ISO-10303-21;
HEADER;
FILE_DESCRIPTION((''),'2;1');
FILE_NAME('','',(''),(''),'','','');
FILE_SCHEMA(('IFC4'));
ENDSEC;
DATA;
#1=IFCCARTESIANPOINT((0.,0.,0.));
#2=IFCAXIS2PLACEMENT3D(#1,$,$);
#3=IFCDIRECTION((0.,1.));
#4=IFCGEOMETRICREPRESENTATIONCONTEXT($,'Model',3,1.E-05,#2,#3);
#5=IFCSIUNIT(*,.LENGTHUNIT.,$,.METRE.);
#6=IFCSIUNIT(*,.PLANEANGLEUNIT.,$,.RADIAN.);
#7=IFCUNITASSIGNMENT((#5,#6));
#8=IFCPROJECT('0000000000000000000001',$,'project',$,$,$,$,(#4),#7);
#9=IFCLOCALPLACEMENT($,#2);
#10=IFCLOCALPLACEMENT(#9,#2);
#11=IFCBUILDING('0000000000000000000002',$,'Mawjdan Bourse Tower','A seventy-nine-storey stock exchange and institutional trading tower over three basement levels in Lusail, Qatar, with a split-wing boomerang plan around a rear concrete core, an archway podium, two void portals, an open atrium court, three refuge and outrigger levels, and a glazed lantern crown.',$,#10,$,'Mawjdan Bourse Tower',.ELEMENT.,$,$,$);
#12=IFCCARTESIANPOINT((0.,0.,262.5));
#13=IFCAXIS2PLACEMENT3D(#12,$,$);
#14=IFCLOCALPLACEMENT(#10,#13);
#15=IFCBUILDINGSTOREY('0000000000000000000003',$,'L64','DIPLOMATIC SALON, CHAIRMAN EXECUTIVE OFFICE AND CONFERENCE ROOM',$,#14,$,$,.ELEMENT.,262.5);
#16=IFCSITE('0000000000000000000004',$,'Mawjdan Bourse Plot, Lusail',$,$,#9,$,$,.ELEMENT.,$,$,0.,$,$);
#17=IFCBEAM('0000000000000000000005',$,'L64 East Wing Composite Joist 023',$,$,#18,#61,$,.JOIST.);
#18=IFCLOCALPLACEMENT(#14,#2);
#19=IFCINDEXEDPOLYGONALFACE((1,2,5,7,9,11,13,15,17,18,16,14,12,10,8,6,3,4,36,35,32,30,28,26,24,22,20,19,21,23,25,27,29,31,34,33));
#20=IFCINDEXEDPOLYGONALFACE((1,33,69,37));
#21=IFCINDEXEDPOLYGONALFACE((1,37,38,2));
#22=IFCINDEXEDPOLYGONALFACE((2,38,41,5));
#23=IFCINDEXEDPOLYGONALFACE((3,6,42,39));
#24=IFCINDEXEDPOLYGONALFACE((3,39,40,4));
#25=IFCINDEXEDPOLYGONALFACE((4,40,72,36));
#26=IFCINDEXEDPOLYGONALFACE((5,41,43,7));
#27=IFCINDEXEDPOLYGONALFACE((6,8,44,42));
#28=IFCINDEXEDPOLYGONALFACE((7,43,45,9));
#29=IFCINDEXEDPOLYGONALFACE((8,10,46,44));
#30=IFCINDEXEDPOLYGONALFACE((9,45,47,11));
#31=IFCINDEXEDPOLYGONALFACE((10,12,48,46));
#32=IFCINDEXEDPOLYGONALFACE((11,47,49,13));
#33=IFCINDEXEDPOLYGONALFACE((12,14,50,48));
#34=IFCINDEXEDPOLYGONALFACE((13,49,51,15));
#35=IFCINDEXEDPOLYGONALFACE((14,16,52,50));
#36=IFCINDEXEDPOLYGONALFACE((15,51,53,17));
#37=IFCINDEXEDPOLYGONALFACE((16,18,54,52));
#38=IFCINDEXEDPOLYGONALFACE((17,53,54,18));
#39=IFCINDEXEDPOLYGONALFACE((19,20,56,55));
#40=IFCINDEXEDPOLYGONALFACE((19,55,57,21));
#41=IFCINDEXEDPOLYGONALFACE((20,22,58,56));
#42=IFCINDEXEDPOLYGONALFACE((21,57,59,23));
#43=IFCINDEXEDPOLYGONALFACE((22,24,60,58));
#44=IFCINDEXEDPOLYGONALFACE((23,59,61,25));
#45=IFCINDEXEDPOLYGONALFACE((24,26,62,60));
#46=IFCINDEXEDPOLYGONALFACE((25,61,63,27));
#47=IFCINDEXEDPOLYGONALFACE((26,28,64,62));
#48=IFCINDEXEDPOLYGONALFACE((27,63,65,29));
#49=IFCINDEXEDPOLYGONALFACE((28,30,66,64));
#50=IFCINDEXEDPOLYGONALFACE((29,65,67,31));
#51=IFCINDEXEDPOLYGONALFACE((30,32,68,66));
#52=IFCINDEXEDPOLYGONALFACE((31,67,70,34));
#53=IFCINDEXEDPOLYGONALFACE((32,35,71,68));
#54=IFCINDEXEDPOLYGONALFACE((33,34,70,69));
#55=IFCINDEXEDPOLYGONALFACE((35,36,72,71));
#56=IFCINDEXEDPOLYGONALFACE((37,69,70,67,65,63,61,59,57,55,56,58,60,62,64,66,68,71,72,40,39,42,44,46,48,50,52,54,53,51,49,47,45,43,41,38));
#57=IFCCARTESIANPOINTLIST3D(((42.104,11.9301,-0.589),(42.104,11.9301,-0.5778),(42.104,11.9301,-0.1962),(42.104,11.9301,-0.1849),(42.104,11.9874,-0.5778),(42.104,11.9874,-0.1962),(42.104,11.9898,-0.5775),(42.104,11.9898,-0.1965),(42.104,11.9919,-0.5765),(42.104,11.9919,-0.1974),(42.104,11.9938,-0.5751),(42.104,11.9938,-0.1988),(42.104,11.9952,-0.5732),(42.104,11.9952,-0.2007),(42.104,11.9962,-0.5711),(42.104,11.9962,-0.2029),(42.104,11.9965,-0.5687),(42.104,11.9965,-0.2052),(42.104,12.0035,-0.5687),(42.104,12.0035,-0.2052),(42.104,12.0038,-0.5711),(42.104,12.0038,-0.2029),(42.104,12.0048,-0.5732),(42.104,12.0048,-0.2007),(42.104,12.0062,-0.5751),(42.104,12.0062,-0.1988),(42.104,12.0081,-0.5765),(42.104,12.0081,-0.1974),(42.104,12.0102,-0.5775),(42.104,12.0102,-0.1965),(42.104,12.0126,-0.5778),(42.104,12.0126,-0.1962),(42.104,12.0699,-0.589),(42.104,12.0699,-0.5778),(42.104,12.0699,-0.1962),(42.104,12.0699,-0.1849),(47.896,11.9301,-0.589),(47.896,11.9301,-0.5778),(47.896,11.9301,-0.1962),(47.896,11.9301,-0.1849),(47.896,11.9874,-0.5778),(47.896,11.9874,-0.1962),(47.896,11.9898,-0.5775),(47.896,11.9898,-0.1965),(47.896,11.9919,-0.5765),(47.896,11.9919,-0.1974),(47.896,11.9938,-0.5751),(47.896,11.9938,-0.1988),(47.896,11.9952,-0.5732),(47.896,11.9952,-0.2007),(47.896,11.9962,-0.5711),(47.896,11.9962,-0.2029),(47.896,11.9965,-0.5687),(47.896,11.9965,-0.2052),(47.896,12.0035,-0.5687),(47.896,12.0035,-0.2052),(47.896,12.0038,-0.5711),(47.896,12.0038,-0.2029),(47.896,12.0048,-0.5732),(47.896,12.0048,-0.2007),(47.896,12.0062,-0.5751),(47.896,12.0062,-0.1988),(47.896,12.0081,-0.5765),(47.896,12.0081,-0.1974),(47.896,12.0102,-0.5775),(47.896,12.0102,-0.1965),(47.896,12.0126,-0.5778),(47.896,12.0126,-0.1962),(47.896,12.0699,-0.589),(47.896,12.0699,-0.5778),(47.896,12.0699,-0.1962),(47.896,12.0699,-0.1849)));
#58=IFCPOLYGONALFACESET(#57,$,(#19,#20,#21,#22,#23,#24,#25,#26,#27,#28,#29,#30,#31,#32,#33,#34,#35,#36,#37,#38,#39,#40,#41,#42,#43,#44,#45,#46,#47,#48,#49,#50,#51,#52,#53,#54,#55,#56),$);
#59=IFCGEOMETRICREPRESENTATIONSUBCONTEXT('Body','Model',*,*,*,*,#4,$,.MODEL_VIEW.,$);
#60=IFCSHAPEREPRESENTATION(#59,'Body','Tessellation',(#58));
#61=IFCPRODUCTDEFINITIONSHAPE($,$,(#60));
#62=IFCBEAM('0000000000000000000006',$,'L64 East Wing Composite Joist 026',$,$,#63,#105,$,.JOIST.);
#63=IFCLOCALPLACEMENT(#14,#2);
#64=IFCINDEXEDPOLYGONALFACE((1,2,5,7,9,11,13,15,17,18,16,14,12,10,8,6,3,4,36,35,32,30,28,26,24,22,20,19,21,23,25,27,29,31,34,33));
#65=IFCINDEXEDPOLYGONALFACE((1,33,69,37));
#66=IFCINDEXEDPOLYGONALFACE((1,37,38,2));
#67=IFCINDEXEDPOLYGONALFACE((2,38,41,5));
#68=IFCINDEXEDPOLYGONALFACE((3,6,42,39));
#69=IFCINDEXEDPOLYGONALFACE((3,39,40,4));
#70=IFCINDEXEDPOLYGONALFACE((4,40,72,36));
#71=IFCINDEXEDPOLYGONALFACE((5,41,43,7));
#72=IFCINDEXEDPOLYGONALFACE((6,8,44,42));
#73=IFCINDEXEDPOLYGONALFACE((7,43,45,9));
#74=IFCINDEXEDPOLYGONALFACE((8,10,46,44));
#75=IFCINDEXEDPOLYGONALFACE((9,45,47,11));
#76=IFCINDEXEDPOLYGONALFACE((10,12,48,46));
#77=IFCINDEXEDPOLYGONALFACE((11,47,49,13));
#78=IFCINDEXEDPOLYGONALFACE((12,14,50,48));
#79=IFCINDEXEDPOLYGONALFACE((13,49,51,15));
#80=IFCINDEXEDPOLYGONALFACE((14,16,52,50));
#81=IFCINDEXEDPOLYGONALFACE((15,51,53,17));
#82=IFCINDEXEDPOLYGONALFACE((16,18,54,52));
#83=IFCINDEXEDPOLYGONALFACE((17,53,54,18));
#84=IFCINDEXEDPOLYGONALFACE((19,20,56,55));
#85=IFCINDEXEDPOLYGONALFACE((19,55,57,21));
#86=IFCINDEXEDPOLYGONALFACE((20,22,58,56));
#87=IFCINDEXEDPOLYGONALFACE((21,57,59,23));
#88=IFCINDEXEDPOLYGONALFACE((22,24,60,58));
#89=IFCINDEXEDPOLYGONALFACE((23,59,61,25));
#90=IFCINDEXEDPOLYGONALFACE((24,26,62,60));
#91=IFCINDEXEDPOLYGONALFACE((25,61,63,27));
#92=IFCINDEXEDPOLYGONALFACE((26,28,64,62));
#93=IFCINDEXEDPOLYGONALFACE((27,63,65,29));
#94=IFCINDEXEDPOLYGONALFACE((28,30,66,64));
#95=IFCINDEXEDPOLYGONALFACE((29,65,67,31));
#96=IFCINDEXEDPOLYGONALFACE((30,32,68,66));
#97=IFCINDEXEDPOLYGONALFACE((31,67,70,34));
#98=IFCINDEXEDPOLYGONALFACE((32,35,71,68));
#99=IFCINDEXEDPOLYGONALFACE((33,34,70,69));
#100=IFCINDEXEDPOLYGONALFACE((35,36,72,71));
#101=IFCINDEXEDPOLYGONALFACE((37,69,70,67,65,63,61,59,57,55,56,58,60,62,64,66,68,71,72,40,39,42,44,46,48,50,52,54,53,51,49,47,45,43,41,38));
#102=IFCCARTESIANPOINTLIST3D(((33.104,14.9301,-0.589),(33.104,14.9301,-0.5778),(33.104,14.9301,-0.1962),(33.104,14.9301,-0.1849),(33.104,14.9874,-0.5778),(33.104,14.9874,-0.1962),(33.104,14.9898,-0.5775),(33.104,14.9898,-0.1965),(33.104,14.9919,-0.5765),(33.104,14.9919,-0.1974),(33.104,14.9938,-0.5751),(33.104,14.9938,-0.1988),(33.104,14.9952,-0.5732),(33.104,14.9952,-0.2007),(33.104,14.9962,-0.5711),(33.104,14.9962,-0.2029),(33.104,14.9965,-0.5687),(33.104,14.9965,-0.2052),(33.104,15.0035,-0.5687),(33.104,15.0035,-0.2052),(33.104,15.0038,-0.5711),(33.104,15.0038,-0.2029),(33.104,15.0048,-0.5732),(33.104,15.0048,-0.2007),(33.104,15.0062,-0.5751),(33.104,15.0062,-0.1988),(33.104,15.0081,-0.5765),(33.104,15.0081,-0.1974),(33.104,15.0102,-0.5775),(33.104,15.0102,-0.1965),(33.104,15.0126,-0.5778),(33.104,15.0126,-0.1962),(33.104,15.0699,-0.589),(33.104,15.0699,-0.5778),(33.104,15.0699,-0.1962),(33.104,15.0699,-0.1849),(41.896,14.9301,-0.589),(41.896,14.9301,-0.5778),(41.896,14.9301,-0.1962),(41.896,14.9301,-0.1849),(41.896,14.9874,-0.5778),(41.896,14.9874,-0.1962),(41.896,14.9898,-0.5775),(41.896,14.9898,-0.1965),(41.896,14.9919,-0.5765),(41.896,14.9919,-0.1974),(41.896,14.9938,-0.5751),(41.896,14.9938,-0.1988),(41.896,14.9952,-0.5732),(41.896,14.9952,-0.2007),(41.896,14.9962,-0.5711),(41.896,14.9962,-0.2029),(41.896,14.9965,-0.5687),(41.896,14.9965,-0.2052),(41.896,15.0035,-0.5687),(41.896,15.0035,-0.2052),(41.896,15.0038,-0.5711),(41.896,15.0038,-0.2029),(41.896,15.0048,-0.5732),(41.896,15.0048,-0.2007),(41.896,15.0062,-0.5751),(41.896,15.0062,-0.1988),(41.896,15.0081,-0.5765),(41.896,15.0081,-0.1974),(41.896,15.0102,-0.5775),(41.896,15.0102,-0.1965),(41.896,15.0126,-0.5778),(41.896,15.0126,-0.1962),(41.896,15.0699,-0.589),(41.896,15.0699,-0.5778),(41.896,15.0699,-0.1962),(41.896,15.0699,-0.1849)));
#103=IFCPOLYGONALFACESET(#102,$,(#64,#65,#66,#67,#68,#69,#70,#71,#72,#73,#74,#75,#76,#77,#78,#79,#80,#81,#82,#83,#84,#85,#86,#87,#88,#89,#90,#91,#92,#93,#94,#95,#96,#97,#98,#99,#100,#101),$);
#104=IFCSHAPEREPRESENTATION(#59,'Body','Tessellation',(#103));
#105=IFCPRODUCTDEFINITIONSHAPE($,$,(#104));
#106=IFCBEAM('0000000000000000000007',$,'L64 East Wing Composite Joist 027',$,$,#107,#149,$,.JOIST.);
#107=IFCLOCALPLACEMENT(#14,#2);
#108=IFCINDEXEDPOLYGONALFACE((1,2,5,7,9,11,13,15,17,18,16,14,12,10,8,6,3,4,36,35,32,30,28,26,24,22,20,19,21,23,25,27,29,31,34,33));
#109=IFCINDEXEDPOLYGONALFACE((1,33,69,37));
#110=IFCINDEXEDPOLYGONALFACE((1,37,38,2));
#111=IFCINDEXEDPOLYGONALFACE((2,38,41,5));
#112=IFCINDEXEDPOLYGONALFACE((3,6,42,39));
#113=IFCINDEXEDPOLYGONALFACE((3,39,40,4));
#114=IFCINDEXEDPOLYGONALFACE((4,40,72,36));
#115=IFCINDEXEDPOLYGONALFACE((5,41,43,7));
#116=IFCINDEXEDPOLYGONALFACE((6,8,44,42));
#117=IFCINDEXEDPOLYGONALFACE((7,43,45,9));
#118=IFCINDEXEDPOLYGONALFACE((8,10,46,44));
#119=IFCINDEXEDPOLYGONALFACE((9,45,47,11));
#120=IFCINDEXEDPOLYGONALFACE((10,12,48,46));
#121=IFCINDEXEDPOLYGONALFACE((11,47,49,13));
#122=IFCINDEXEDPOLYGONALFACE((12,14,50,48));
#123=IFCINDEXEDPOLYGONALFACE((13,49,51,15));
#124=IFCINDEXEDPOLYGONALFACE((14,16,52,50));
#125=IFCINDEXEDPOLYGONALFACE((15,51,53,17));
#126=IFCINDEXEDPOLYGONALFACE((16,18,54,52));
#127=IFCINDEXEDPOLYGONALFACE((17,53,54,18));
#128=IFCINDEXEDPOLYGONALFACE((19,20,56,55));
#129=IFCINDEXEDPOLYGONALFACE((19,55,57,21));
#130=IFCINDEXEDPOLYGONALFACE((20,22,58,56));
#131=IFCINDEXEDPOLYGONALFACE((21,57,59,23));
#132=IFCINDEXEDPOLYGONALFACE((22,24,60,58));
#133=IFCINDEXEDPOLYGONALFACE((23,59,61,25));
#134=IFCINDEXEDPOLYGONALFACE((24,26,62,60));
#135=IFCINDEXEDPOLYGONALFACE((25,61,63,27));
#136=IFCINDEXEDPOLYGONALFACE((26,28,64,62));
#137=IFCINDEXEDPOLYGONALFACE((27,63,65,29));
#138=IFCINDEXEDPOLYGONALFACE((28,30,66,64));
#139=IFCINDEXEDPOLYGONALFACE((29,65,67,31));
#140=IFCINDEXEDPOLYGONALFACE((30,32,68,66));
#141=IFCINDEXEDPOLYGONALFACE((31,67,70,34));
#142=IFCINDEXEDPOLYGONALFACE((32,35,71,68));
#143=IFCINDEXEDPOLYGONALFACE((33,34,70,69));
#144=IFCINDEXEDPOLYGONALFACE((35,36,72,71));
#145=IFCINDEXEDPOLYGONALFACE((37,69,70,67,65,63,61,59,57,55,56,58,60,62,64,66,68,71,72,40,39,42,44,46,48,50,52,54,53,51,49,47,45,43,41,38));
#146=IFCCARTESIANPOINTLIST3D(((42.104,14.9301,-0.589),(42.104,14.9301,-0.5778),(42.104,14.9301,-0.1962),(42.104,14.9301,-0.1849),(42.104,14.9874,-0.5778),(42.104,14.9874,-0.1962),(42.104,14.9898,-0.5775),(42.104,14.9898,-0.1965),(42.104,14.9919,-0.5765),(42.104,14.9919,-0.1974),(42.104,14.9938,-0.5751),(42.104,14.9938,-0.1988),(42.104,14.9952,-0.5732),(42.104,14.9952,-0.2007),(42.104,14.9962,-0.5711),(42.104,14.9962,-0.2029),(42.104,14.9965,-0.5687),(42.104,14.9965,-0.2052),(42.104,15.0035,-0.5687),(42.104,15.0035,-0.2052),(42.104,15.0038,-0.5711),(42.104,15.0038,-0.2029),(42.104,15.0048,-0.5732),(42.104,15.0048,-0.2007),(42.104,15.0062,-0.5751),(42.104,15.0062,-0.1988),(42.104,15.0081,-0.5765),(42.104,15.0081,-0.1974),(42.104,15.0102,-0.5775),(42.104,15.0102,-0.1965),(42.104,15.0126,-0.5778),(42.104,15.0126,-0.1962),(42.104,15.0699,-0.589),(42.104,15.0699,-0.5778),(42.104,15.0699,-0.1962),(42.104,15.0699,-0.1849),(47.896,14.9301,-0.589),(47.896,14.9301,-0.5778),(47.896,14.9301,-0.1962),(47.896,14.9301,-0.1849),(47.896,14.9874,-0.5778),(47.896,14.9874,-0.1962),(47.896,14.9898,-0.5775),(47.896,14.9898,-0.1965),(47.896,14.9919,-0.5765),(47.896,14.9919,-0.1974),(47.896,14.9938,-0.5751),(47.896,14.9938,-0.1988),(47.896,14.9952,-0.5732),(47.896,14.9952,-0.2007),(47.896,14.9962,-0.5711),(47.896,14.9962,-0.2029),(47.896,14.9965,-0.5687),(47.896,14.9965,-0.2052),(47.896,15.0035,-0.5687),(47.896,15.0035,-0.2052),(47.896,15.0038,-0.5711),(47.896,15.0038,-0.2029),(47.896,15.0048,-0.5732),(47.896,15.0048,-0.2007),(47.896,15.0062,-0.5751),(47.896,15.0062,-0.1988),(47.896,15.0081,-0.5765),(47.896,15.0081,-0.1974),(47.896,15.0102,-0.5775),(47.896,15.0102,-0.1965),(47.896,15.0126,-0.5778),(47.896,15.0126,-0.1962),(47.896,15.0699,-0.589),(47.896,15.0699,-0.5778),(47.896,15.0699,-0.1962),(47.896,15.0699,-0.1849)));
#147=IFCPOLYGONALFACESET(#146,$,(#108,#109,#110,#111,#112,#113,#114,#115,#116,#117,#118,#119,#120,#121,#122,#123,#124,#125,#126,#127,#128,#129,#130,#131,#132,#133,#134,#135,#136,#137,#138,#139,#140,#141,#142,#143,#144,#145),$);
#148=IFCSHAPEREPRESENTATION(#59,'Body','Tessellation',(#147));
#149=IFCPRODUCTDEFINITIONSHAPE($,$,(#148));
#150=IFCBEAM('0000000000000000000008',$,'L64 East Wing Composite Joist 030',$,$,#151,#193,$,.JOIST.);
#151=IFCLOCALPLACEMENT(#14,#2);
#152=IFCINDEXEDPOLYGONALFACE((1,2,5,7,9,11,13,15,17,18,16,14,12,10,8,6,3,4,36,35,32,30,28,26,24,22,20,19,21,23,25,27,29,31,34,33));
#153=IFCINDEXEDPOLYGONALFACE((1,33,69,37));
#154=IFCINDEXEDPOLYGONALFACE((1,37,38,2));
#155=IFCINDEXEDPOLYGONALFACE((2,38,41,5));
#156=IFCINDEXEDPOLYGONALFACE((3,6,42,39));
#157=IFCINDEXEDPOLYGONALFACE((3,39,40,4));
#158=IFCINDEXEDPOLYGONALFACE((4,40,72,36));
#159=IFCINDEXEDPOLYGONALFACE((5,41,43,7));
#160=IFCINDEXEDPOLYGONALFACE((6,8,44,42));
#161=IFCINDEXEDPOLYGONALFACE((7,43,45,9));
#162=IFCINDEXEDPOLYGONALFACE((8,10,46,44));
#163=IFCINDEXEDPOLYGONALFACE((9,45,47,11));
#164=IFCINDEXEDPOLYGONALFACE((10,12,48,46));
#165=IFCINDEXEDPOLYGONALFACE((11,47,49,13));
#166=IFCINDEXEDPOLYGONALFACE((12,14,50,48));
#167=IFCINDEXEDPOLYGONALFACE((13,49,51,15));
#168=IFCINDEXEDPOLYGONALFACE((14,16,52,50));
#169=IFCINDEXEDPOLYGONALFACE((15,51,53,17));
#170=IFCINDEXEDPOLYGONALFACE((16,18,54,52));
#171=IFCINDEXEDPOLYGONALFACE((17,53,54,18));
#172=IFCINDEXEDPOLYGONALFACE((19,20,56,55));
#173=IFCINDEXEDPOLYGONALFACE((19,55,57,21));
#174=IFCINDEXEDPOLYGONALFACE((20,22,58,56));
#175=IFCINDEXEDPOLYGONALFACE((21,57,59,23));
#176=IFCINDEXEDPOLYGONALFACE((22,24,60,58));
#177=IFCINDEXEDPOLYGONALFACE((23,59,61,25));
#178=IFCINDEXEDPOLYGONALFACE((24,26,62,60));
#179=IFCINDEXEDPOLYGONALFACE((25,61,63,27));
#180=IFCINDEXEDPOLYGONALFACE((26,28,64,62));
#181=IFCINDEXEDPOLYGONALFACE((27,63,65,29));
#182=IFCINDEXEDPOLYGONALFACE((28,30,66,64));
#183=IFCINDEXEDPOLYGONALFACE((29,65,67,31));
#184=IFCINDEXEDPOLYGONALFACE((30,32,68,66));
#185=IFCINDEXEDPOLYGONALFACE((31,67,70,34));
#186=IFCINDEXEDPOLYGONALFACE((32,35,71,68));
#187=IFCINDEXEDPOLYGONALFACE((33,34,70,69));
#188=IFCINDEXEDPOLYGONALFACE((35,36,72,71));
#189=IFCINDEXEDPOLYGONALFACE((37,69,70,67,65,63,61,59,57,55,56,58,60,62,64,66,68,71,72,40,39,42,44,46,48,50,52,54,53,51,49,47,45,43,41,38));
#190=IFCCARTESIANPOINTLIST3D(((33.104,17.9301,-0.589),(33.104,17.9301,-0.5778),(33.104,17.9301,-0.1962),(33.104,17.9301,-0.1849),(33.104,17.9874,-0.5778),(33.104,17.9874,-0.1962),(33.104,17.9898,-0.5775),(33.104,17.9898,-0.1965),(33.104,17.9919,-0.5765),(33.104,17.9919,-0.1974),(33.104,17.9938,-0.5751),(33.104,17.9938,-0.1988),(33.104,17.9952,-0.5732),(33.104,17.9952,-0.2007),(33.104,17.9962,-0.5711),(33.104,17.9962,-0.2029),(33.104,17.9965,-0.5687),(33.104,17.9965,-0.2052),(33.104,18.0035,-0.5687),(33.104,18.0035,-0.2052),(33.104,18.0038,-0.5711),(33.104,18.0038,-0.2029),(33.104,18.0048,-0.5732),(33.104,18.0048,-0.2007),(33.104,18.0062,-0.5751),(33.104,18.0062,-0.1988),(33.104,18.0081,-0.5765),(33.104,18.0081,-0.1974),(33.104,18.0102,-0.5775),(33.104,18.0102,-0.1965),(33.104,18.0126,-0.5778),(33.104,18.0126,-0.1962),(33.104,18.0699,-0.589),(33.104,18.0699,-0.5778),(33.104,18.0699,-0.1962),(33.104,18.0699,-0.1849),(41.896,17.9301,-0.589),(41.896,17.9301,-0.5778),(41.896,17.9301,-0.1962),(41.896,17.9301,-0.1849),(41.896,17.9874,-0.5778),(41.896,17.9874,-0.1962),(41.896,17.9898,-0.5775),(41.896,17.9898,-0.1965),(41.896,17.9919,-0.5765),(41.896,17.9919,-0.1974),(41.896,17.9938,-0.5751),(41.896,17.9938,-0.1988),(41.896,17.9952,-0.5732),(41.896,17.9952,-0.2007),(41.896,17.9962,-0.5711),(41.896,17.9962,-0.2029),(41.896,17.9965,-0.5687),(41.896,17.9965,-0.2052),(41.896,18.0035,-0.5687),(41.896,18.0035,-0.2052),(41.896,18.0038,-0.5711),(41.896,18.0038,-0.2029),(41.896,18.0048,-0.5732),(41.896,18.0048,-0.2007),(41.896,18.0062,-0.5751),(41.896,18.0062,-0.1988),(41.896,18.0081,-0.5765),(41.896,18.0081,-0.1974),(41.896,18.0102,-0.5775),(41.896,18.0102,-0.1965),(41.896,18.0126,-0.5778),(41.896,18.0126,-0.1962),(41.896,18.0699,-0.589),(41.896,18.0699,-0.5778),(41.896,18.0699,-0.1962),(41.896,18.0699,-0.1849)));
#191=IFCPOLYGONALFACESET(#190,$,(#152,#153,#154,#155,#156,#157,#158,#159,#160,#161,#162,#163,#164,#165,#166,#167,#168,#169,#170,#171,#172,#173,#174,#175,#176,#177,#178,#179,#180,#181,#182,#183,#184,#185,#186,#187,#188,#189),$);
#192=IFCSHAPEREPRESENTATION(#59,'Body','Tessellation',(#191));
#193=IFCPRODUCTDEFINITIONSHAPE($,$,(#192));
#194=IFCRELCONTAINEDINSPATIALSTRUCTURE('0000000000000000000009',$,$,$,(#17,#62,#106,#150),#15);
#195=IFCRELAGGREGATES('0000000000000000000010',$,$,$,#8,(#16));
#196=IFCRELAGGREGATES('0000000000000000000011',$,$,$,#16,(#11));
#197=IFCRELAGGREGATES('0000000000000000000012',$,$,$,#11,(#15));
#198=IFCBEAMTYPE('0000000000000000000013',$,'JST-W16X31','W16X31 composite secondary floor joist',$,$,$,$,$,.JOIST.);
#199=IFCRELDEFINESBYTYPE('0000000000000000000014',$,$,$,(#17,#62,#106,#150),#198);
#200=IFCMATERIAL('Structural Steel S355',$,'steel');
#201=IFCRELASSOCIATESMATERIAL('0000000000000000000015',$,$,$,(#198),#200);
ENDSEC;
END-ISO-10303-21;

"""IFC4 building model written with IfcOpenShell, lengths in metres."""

from ifc_helpers import new_model, si_unit, direction, frame, origin, origin_2d, place, context, subcontext, project, spatial, i_section, extrude, material, material_profile, profile_set, type_object, element, save


model = new_model("IFC4")

# Units and contexts
model_context = context("Model", 3, precision=1e-05, world=origin(), true_north=direction((0.0, 1.0)))
body_context = subcontext(model_context, "Body", "Model", "MODEL_VIEW")
ifc_project = project(units=[si_unit("LENGTHUNIT", "METRE"), si_unit("PLANEANGLEUNIT", "RADIAN")], contexts=[model_context])

# Site, building, storey
site_placement = place(None, origin())
site = spatial("IfcSite", under=ifc_project, at=site_placement, Name="Mawjdan Bourse Plot, Lusail", CompositionType="ELEMENT", RefElevation=0.0)
building_placement = place(site_placement, origin())
building = spatial("IfcBuilding", under=site, at=building_placement, Name="Mawjdan Bourse Tower", Description="A seventy-nine-storey stock exchange and institutional trading tower over three basement levels in Lusail, Qatar, with a split-wing boomerang plan around a rear concrete core, an archway podium, two void portals, an open atrium court, three refuge and outrigger levels, and a glazed lantern crown.", LongName="Mawjdan Bourse Tower", CompositionType="ELEMENT")
storey_placement = place(building_placement, frame((0.0, 0.0, 262.5)))
storey = spatial("IfcBuildingStorey", under=building, at=storey_placement, Name="L64", Description="DIPLOMATIC SALON, CHAIRMAN EXECUTIVE OFFICE AND CONFERENCE ROOM", CompositionType="ELEMENT", Elevation=262.5)

# Beams
ifc_material_1 = material(Name="Structural Steel S355", Category="steel")
ifc_material_profile_1 = material_profile(ifc_material_1, i_section(OverallWidth=0.1399, OverallDepth=0.4041, WebThickness=0.0071, FlangeThickness=0.0112, FilletRadius=0.009, at=origin_2d()), Name="W16X31")
ifc_profile_set_1 = profile_set([ifc_material_profile_1], Name="Structural Steel S355")
beam_type_1 = type_object("IfcBeamType", Name="JST-W16X31", Description="W16X31 composite secondary floor joist", PredefinedType="JOIST", material=ifc_profile_set_1)
for number, where, z_axis, x_axis, name in (
    (1, (42.104, 12.0, -0.387), (1.0, 0.0, 0.0), (0.0, 1.0, 0.0), "L64 East Wing Composite Joist 023"),
):
    element("IfcBeam", number, at=place(storey_placement, frame(where, z_axis=z_axis, x_axis=x_axis)), inside=storey, type_object=beam_type_1, Name=name, PredefinedType="JOIST", context=body_context, shape_type="SweptSolid", body=[
        extrude(i_section(OverallWidth=0.1399, OverallDepth=0.4041, WebThickness=0.0071, FlangeThickness=0.0112, FilletRadius=0.009, at=origin_2d()), origin(), (0.0, 0.0, 1.0), 5.792),
    ])
beam_1_placement = place(storey_placement, frame((33.104, 15.0, -0.387), z_axis=(1.0, 0.0, 0.0), x_axis=(0.0, 1.0, 0.0)))
element("IfcBeam", 2, at=beam_1_placement, inside=storey, type_object=beam_type_1, Name="L64 East Wing Composite Joist 026", PredefinedType="JOIST", context=body_context, shape_type="SweptSolid", body=[
    extrude(i_section(OverallWidth=0.1399, OverallDepth=0.4041, WebThickness=0.0071, FlangeThickness=0.0112, FilletRadius=0.009, at=origin_2d()), origin(), (0.0, 0.0, 1.0), 8.792),
])
beam_2_placement = place(storey_placement, frame((42.104, 15.0, -0.387), z_axis=(1.0, 0.0, 0.0), x_axis=(0.0, 1.0, 0.0)))
element("IfcBeam", 3, at=beam_2_placement, inside=storey, type_object=beam_type_1, Name="L64 East Wing Composite Joist 027", PredefinedType="JOIST", context=body_context, shape_type="SweptSolid", body=[
    extrude(i_section(OverallWidth=0.1399, OverallDepth=0.4041, WebThickness=0.0071, FlangeThickness=0.0112, FilletRadius=0.009, at=origin_2d()), origin(), (0.0, 0.0, 1.0), 5.792),
])
beam_3_placement = place(storey_placement, frame((33.104, 18.0, -0.387), z_axis=(1.0, 0.0, 0.0), x_axis=(0.0, 1.0, 0.0)))
element("IfcBeam", 4, at=beam_3_placement, inside=storey, type_object=beam_type_1, Name="L64 East Wing Composite Joist 030", PredefinedType="JOIST", context=body_context, shape_type="SweptSolid", body=[
    extrude(i_section(OverallWidth=0.1399, OverallDepth=0.4041, WebThickness=0.0071, FlangeThickness=0.0112, FilletRadius=0.009, at=origin_2d()), origin(), (0.0, 0.0, 1.0), 8.792),
])

save(model, "model.ifc")
